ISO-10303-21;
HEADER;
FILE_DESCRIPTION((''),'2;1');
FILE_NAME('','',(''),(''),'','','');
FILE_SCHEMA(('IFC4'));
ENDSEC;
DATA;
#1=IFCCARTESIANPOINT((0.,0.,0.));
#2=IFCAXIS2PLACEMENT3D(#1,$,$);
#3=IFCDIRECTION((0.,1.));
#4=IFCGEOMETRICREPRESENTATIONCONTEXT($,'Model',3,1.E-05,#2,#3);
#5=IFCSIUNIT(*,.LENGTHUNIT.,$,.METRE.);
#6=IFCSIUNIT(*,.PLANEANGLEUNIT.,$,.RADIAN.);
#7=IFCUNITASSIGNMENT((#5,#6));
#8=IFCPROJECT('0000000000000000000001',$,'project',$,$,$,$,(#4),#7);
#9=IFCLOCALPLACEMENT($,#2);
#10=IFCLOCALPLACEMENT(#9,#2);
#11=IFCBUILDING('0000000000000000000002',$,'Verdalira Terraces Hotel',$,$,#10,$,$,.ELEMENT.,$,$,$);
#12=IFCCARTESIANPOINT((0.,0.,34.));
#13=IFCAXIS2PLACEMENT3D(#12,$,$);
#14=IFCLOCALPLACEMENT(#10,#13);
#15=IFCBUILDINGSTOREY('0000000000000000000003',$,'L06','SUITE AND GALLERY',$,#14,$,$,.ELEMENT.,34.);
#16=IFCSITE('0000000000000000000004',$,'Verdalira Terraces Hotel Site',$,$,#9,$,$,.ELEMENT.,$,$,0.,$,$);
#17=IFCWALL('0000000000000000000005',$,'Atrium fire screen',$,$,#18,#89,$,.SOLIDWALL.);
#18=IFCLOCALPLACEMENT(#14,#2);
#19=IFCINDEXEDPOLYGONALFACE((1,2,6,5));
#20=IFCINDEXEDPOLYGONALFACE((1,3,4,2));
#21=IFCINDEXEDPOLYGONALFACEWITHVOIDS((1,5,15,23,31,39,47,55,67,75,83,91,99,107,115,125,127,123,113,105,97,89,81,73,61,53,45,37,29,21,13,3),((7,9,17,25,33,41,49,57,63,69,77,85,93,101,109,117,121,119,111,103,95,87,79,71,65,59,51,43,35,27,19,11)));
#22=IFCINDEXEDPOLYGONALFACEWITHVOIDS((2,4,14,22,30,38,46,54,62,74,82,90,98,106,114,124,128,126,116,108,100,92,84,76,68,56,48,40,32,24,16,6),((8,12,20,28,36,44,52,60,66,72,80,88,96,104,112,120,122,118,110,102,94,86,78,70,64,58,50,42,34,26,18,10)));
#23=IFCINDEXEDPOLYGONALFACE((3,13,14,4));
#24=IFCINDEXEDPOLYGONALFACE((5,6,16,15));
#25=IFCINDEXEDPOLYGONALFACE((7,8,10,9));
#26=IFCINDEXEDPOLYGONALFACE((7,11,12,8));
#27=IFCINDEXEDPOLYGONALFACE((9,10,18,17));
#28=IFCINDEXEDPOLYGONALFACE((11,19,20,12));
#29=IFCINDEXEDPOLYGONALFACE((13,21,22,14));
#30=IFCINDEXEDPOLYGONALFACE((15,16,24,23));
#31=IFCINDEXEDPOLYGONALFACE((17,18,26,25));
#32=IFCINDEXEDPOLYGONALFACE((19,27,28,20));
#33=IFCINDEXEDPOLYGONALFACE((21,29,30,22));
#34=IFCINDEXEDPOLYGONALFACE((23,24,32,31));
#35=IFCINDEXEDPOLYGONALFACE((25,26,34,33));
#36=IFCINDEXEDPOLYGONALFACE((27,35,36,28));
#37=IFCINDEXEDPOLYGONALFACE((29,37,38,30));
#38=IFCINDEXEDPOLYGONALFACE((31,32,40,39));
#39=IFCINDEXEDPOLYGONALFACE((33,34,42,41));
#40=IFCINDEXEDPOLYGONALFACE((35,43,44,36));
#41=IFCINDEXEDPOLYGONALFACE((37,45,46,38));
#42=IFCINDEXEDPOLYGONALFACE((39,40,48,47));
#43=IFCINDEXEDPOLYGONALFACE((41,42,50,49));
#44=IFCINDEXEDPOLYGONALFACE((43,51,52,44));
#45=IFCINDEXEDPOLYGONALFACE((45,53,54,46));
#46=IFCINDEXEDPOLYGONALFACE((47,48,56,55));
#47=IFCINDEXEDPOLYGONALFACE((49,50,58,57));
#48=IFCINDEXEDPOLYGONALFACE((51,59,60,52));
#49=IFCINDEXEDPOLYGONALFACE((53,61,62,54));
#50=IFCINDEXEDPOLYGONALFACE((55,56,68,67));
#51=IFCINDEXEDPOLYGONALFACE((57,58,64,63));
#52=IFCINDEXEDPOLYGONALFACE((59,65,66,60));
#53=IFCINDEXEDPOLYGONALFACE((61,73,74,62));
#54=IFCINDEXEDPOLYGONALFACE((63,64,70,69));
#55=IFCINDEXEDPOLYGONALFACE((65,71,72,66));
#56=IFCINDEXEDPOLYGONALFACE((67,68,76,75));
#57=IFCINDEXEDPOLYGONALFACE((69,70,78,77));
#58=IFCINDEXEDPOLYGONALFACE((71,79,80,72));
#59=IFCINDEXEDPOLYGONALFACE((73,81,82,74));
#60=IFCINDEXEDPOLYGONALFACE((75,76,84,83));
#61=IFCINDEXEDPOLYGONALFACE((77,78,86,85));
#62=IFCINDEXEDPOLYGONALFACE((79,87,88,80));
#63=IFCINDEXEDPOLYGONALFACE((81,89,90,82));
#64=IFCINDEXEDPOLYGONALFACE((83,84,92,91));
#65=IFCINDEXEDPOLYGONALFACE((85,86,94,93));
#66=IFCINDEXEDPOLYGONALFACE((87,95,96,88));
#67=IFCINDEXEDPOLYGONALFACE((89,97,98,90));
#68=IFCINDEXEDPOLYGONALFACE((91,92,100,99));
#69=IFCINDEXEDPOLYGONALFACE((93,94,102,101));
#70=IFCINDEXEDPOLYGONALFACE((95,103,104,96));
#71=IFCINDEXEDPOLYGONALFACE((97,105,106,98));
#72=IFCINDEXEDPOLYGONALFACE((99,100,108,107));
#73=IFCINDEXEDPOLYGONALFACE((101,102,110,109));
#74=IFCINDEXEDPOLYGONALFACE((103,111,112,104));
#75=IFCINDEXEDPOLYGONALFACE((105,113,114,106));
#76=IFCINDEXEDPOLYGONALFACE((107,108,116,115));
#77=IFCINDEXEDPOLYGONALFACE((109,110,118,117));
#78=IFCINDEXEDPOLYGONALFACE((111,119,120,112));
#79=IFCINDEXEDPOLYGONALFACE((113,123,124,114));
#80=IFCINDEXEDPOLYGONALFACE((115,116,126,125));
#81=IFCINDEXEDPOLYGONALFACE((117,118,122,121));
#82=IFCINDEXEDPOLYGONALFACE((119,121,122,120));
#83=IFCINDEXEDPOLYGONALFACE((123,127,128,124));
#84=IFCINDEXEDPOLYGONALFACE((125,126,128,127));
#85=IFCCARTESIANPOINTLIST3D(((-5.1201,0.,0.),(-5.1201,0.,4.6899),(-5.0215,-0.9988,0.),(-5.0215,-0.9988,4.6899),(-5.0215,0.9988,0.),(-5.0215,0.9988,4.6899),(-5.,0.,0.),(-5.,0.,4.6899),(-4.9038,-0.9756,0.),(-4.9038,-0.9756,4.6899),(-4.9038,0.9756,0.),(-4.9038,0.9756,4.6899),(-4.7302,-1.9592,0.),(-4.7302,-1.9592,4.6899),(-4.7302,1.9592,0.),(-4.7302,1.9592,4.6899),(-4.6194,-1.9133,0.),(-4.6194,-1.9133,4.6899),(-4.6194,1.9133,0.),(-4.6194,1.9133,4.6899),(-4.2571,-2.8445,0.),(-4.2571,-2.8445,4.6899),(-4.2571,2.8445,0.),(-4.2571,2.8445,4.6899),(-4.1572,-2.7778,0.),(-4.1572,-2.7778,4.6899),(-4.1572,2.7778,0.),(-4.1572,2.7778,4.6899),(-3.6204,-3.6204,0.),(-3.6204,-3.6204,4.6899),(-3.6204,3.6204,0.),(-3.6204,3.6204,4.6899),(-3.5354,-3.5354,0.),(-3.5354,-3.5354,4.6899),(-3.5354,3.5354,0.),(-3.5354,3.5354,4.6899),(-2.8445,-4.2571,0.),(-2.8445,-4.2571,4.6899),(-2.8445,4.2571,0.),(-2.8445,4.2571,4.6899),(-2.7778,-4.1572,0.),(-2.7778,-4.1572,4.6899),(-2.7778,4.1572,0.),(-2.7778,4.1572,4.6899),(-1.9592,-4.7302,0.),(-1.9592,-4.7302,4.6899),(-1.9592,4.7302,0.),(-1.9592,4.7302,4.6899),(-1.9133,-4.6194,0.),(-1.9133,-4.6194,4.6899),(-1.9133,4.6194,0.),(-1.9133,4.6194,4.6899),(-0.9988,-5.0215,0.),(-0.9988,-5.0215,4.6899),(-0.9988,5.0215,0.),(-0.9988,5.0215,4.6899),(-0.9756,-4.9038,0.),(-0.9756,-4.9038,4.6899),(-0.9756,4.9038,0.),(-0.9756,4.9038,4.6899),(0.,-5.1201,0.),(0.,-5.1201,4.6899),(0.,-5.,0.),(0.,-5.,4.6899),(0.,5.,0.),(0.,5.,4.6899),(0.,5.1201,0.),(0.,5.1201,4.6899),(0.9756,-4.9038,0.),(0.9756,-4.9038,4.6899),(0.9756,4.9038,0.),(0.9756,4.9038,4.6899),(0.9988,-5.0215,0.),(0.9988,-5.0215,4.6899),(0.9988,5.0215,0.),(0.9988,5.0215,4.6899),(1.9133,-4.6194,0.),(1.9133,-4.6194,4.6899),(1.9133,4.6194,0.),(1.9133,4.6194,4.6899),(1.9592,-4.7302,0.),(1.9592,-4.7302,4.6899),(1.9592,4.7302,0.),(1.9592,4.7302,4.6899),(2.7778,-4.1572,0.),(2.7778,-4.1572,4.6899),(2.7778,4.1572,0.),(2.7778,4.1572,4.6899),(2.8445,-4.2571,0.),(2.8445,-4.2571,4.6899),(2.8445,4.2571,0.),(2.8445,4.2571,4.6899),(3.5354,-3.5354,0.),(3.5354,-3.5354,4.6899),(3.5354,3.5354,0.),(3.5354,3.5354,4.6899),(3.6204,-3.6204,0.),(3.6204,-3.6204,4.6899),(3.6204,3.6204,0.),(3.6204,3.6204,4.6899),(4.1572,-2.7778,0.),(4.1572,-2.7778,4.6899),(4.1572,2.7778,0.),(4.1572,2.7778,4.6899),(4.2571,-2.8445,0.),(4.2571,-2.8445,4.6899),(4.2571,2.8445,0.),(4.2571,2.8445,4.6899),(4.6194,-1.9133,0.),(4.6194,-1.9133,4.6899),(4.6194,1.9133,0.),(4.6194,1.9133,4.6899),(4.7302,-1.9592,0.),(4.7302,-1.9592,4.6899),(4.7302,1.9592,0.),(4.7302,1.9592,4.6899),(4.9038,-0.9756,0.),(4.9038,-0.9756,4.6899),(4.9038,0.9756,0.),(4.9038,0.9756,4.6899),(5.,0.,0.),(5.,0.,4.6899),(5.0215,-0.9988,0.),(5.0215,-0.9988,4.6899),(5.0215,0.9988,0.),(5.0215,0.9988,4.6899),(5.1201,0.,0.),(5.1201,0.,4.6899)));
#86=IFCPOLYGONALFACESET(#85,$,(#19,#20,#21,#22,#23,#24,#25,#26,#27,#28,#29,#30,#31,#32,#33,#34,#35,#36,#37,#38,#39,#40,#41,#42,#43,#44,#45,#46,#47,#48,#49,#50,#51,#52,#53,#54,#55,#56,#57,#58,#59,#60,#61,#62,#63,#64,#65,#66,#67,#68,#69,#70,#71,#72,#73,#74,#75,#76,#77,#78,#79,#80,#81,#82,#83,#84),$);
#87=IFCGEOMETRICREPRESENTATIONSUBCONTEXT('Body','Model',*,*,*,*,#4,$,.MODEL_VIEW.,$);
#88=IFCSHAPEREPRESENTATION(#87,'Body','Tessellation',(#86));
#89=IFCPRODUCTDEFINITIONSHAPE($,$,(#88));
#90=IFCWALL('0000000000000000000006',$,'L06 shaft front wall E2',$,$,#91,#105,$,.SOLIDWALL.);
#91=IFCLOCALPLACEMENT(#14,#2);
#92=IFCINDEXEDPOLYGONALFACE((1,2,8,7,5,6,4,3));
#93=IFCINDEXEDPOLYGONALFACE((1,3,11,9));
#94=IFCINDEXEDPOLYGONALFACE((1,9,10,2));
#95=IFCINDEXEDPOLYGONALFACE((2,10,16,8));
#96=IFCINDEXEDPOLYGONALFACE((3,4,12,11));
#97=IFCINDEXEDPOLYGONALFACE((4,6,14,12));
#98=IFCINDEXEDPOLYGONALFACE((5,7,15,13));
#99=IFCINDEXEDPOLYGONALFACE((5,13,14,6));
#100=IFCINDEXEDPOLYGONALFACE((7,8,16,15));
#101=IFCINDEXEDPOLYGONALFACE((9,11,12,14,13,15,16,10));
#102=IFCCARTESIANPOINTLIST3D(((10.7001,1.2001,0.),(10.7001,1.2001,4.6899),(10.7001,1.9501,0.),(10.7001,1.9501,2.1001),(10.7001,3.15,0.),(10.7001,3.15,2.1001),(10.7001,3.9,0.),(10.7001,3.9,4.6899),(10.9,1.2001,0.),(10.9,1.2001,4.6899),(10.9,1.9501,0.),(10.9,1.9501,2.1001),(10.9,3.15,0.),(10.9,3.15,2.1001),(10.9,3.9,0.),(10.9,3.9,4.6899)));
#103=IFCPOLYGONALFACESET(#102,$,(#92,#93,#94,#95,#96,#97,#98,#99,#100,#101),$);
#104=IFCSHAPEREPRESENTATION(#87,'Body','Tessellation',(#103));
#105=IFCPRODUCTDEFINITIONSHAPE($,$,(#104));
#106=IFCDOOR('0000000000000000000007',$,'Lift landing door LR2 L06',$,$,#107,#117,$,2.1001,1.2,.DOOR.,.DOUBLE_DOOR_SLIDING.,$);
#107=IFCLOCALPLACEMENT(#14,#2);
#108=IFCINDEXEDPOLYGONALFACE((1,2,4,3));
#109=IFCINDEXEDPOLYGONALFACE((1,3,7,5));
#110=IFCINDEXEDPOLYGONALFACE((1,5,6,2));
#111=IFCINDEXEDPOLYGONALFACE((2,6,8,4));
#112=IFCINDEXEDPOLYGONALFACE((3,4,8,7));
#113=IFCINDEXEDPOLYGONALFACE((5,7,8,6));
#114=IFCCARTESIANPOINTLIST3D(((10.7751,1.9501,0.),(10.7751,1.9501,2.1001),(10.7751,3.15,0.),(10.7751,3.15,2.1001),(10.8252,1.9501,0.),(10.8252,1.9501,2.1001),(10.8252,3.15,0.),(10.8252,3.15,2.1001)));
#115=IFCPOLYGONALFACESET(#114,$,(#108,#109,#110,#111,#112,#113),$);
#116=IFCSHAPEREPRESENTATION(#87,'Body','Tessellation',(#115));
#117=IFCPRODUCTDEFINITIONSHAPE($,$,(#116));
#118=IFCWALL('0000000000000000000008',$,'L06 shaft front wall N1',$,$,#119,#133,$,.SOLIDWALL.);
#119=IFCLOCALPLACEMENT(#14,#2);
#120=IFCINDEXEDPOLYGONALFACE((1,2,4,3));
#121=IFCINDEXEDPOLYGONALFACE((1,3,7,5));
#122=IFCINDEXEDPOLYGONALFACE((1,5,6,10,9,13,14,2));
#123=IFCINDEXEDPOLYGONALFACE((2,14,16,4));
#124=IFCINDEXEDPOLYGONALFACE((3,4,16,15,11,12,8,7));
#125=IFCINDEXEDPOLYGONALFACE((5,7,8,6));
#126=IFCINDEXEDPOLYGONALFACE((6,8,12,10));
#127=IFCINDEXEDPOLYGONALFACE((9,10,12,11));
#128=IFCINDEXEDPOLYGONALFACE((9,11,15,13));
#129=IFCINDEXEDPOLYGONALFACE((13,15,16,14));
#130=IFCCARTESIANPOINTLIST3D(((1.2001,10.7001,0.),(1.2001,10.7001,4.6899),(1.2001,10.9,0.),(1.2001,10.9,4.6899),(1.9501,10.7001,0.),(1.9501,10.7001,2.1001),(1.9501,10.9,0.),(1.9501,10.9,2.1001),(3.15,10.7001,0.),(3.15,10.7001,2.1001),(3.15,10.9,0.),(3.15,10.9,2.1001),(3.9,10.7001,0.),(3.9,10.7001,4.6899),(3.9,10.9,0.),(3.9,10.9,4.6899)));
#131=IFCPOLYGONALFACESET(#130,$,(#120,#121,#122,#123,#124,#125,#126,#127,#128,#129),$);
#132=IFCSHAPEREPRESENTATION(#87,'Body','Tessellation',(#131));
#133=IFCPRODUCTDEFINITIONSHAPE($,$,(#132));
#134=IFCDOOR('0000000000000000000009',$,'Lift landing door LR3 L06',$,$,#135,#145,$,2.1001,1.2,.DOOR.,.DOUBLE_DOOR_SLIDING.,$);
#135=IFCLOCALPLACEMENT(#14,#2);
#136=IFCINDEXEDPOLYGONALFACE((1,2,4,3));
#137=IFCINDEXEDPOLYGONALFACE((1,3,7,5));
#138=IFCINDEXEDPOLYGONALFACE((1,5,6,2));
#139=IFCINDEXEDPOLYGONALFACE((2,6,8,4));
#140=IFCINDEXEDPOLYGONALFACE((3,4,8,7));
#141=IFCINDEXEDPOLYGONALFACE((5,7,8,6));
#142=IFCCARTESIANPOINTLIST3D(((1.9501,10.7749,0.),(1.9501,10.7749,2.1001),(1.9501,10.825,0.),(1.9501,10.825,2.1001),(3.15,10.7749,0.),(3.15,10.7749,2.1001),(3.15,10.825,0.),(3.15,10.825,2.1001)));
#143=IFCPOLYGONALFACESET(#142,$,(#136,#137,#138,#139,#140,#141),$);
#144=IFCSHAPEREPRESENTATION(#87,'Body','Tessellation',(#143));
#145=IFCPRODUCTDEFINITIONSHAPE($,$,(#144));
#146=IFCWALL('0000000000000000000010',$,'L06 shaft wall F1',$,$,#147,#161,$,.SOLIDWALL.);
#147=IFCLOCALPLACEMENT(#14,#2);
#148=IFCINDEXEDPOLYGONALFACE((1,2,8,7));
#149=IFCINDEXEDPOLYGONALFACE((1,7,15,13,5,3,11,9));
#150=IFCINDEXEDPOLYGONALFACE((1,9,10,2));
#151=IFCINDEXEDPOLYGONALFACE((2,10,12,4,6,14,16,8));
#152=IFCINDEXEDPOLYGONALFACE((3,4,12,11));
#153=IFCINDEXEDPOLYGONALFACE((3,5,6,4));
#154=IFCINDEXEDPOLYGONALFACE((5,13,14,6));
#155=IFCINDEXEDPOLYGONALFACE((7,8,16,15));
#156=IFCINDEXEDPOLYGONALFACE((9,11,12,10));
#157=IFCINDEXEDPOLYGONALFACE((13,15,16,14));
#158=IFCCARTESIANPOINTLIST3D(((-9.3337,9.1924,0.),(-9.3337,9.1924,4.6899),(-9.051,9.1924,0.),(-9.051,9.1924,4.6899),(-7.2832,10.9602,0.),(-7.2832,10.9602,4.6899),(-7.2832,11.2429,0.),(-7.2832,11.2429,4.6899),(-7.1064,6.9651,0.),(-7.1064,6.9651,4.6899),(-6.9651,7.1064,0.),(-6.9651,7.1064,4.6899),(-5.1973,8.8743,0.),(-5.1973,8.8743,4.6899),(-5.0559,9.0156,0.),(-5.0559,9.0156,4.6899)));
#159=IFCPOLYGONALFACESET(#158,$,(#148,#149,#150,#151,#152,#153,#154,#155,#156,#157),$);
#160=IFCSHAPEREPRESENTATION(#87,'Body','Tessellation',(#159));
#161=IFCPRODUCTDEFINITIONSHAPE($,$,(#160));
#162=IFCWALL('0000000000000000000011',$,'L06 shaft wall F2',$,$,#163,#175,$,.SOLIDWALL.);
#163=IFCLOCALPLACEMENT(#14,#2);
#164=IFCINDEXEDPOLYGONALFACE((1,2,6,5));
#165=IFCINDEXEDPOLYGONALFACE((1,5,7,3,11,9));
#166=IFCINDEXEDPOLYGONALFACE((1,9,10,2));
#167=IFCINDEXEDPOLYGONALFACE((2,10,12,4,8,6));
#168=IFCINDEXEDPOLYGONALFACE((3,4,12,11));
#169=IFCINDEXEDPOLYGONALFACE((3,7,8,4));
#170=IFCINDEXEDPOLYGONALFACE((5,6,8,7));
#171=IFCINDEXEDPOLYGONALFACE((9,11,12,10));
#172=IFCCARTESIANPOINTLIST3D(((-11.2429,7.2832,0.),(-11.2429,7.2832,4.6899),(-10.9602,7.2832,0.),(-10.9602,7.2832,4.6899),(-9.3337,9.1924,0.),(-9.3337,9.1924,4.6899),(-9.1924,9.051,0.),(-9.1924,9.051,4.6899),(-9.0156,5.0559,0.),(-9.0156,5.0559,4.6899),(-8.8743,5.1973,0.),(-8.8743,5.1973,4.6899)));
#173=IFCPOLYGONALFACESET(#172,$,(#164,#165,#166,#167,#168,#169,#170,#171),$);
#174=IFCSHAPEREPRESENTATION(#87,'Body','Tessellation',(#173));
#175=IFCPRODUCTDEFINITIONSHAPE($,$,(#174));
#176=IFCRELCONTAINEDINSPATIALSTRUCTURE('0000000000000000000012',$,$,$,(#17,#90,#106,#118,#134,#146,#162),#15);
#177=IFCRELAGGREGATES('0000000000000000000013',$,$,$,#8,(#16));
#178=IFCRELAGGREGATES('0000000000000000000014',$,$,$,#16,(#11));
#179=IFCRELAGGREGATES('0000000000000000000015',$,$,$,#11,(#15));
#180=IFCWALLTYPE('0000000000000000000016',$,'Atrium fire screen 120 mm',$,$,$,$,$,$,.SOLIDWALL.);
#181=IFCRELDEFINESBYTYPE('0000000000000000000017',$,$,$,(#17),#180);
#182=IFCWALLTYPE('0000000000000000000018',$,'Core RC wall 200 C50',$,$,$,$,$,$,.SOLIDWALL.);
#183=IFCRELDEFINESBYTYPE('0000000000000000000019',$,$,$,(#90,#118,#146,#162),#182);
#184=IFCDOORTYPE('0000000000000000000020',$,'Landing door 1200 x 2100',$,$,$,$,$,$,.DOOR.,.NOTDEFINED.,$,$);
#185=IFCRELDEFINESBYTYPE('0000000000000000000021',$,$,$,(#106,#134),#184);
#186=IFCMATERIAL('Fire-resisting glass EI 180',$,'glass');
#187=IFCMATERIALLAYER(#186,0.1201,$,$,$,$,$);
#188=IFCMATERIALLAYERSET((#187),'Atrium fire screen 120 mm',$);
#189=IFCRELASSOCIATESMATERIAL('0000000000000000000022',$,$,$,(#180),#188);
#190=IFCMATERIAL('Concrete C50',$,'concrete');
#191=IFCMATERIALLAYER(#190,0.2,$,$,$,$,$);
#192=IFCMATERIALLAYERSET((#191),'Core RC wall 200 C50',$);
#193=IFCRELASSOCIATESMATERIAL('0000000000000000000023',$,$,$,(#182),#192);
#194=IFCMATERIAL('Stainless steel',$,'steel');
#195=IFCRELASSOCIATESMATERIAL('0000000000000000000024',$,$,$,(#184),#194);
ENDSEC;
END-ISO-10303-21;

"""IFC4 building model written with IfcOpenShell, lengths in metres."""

from ifc_helpers import new_model, si_unit, direction, frame, frame_2d, origin, place, context, subcontext, project, spatial, polyline, rectangle, outline, extrude, material, layer, layer_set, type_object, element, fill, save


model = new_model("IFC4")

# Units and contexts
model_context = context("Model", 3, precision=1e-05, world=origin(), true_north=direction((0.0, 1.0)))
body_context = subcontext(model_context, "Body", "Model", "MODEL_VIEW")
ifc_project = project(units=[si_unit("LENGTHUNIT", "METRE"), si_unit("PLANEANGLEUNIT", "RADIAN")], contexts=[model_context])

# Site, building, storey
site_placement = place(None, origin())
site = spatial("IfcSite", under=ifc_project, at=site_placement, Name="Verdalira Terraces Hotel Site", CompositionType="ELEMENT", RefElevation=0.0)
building_placement = place(site_placement, origin())
building = spatial("IfcBuilding", under=site, at=building_placement, Name="Verdalira Terraces Hotel", CompositionType="ELEMENT")
storey_placement = place(building_placement, frame((0.0, 0.0, 34.0)))
storey = spatial("IfcBuildingStorey", under=building, at=storey_placement, Name="L06", Description="SUITE AND GALLERY", CompositionType="ELEMENT", Elevation=34.0)

# Wall
ifc_material_1 = material(Name="Fire-resisting glass EI 180", Category="glass")
ifc_layer_1 = layer(ifc_material_1, 0.1201)
ifc_layer_set_1 = layer_set([ifc_layer_1], Name="Atrium fire screen 120 mm")
wall_type_1 = type_object("IfcWallType", Name="Atrium fire screen 120 mm", PredefinedType="SOLIDWALL", material=ifc_layer_set_1)
wall_1_placement = place(storey_placement, origin())
element("IfcWall", 1, at=wall_1_placement, inside=storey, type_object=wall_type_1, Name="Atrium fire screen", PredefinedType="SOLIDWALL", context=body_context, shape_type="SweptSolid", body=[
    extrude(outline(polyline([(5.0215, -0.9988), (4.7302, -1.9592), (4.2571, -2.8445), (3.6204, -3.6204), (2.8445, -4.2571), (1.9592, -4.7302), (0.9988, -5.0215), (0.0, -5.1201), (-0.9988, -5.0215), (-1.9592, -4.7302), (-2.8445, -4.2571), (-3.6204, -3.6204), (-4.2571, -2.8445), (-4.7302, -1.9592), (-5.0215, -0.9988), (-5.1201, 0.0), (-5.0215, 0.9988), (-4.7302, 1.9592), (-4.2571, 2.8445), (-3.6204, 3.6204), (-2.8445, 4.2571), (-1.9592, 4.7302), (-0.9988, 5.0215), (0.0, 5.1201), (0.9988, 5.0215), (1.9592, 4.7302), (2.8445, 4.2571), (3.6204, 3.6204), (4.2571, 2.8445), (4.7302, 1.9592), (5.0215, 0.9988), (5.1201, 0.0), (5.0215, -0.9988)]), holes=[polyline([(4.9038, 0.9756), (4.6194, 1.9133), (4.1572, 2.7778), (3.5354, 3.5354), (2.7778, 4.1572), (1.9133, 4.6194), (0.9756, 4.9038), (0.0, 5.0), (-0.9756, 4.9038), (-1.9133, 4.6194), (-2.7778, 4.1572), (-3.5354, 3.5354), (-4.1572, 2.7778), (-4.6194, 1.9133), (-4.9038, 0.9756), (-5.0, 0.0), (-4.9038, -0.9756), (-4.6194, -1.9133), (-4.1572, -2.7778), (-3.5354, -3.5354), (-2.7778, -4.1572), (-1.9133, -4.6194), (-0.9756, -4.9038), (0.0, -5.0), (0.9756, -4.9038), (1.9133, -4.6194), (2.7778, -4.1572), (3.5354, -3.5354), (4.1572, -2.7778), (4.6194, -1.9133), (4.9038, -0.9756), (5.0, 0.0), (4.9038, 0.9756)])]), origin(), (0.0, 0.0, 1.0), 4.6899),
])

# Walls, openings, doors
ifc_material_2 = material(Name="Concrete C50", Category="concrete")
ifc_layer_2 = layer(ifc_material_2, 0.2)
ifc_layer_set_2 = layer_set([ifc_layer_2], Name="Core RC wall 200 C50")
wall_type_2 = type_object("IfcWallType", Name="Core RC wall 200 C50", PredefinedType="SOLIDWALL", material=ifc_layer_set_2)
wall_2_placement = place(storey_placement, frame((10.8, 1.2, 0.0), z_axis=(0.0, 0.0, 1.0), x_axis=(0.0, 1.0, 0.0)))
wall_2 = element("IfcWall", 2, at=wall_2_placement, inside=storey, type_object=wall_type_2, Name="L06 shaft front wall E2", PredefinedType="SOLIDWALL", context=body_context, shape_type="SweptSolid", body=[
    extrude(rectangle(XDim=2.7, YDim=0.2, at=frame_2d((1.3501, 0.0))), origin(), (0.0, 0.0, 1.0), 4.6899),
])
opening_1_placement = place(wall_2_placement, frame((0.75, 0.0, 0.0)))
opening_1 = element("IfcOpeningElement", 3, at=opening_1_placement, cuts=wall_2, PredefinedType="OPENING", context=body_context, shape_type="SweptSolid", body=[
    extrude(rectangle(XDim=1.2, YDim=2.1001, at=frame_2d((0.6001, 1.05))), frame((0.0, 0.1099, 0.0), z_axis=(0.0, -1.0, 0.0), x_axis=(1.0, 0.0, 0.0)), (0.0, 0.0, 1.0), 0.22),
])
ifc_material_3 = material(Name="Stainless steel", Category="steel")
door_type_1 = type_object("IfcDoorType", Name="Landing door 1200 x 2100", OperationType="NOTDEFINED", PredefinedType="DOOR", material=ifc_material_3)
door_1_placement = place(opening_1_placement, origin())
door_1 = element("IfcDoor", 4, at=door_1_placement, inside=storey, type_object=door_type_1, Name="Lift landing door LR2 L06", OperationType="DOUBLE_DOOR_SLIDING", OverallHeight=2.1001, OverallWidth=1.2, PredefinedType="DOOR", context=body_context, shape_type="SweptSolid", body=[
    extrude(rectangle(XDim=1.2, YDim=2.1001, at=frame_2d((0.6001, 1.05))), frame((0.0, 0.0249, 0.0), z_axis=(0.0, -1.0, 0.0), x_axis=(1.0, 0.0, 0.0)), (0.0, 0.0, 1.0), 0.05),
])
fill(opening_1, door_1)
wall_3_placement = place(storey_placement, frame((1.2, 10.8, 0.0), z_axis=(0.0, 0.0, 1.0), x_axis=(1.0, 0.0, 0.0)))
wall_3 = element("IfcWall", 5, at=wall_3_placement, inside=storey, type_object=wall_type_2, Name="L06 shaft front wall N1", PredefinedType="SOLIDWALL", context=body_context, shape_type="SweptSolid", body=[
    extrude(rectangle(XDim=2.7, YDim=0.2, at=frame_2d((1.3501, 0.0))), origin(), (0.0, 0.0, 1.0), 4.6899),
])
opening_2_placement = place(wall_3_placement, frame((0.75, 0.0, 0.0)))
opening_2 = element("IfcOpeningElement", 6, at=opening_2_placement, cuts=wall_3, PredefinedType="OPENING", context=body_context, shape_type="SweptSolid", body=[
    extrude(rectangle(XDim=1.2, YDim=2.1001, at=frame_2d((0.6001, 1.05))), frame((0.0, 0.1099, 0.0), z_axis=(0.0, -1.0, 0.0), x_axis=(1.0, 0.0, 0.0)), (0.0, 0.0, 1.0), 0.22),
])
door_2_placement = place(opening_2_placement, origin())
door_2 = element("IfcDoor", 7, at=door_2_placement, inside=storey, type_object=door_type_1, Name="Lift landing door LR3 L06", OperationType="DOUBLE_DOOR_SLIDING", OverallHeight=2.1001, OverallWidth=1.2, PredefinedType="DOOR", context=body_context, shape_type="SweptSolid", body=[
    extrude(rectangle(XDim=1.2, YDim=2.1001, at=frame_2d((0.6001, 1.05))), frame((0.0, 0.0249, 0.0), z_axis=(0.0, -1.0, 0.0), x_axis=(1.0, 0.0, 0.0)), (0.0, 0.0, 1.0), 0.05),
])
fill(opening_2, door_2)

# Walls
wall_4_placement = place(storey_placement, origin())
element("IfcWall", 8, at=wall_4_placement, inside=storey, type_object=wall_type_2, Name="L06 shaft wall F1", PredefinedType="SOLIDWALL", context=body_context, shape_type="SweptSolid", body=[
    extrude(outline(polyline([(-9.3337, 9.1924), (-7.2832, 11.2429), (-5.0559, 9.0156), (-5.1973, 8.8743), (-7.2832, 10.9602), (-9.051, 9.1924), (-6.9651, 7.1064), (-7.1064, 6.9651), (-9.3337, 9.1924)])), origin(), (0.0, 0.0, 1.0), 4.6899),
])
wall_5_placement = place(storey_placement, origin())
element("IfcWall", 9, at=wall_5_placement, inside=storey, type_object=wall_type_2, Name="L06 shaft wall F2", PredefinedType="SOLIDWALL", context=body_context, shape_type="SweptSolid", body=[
    extrude(outline(polyline([(-11.2429, 7.2832), (-9.3337, 9.1924), (-9.1924, 9.051), (-10.9602, 7.2832), (-8.8743, 5.1973), (-9.0156, 5.0559), (-11.2429, 7.2832)])), origin(), (0.0, 0.0, 1.0), 4.6899),
])

save(model, "model.ifc")
